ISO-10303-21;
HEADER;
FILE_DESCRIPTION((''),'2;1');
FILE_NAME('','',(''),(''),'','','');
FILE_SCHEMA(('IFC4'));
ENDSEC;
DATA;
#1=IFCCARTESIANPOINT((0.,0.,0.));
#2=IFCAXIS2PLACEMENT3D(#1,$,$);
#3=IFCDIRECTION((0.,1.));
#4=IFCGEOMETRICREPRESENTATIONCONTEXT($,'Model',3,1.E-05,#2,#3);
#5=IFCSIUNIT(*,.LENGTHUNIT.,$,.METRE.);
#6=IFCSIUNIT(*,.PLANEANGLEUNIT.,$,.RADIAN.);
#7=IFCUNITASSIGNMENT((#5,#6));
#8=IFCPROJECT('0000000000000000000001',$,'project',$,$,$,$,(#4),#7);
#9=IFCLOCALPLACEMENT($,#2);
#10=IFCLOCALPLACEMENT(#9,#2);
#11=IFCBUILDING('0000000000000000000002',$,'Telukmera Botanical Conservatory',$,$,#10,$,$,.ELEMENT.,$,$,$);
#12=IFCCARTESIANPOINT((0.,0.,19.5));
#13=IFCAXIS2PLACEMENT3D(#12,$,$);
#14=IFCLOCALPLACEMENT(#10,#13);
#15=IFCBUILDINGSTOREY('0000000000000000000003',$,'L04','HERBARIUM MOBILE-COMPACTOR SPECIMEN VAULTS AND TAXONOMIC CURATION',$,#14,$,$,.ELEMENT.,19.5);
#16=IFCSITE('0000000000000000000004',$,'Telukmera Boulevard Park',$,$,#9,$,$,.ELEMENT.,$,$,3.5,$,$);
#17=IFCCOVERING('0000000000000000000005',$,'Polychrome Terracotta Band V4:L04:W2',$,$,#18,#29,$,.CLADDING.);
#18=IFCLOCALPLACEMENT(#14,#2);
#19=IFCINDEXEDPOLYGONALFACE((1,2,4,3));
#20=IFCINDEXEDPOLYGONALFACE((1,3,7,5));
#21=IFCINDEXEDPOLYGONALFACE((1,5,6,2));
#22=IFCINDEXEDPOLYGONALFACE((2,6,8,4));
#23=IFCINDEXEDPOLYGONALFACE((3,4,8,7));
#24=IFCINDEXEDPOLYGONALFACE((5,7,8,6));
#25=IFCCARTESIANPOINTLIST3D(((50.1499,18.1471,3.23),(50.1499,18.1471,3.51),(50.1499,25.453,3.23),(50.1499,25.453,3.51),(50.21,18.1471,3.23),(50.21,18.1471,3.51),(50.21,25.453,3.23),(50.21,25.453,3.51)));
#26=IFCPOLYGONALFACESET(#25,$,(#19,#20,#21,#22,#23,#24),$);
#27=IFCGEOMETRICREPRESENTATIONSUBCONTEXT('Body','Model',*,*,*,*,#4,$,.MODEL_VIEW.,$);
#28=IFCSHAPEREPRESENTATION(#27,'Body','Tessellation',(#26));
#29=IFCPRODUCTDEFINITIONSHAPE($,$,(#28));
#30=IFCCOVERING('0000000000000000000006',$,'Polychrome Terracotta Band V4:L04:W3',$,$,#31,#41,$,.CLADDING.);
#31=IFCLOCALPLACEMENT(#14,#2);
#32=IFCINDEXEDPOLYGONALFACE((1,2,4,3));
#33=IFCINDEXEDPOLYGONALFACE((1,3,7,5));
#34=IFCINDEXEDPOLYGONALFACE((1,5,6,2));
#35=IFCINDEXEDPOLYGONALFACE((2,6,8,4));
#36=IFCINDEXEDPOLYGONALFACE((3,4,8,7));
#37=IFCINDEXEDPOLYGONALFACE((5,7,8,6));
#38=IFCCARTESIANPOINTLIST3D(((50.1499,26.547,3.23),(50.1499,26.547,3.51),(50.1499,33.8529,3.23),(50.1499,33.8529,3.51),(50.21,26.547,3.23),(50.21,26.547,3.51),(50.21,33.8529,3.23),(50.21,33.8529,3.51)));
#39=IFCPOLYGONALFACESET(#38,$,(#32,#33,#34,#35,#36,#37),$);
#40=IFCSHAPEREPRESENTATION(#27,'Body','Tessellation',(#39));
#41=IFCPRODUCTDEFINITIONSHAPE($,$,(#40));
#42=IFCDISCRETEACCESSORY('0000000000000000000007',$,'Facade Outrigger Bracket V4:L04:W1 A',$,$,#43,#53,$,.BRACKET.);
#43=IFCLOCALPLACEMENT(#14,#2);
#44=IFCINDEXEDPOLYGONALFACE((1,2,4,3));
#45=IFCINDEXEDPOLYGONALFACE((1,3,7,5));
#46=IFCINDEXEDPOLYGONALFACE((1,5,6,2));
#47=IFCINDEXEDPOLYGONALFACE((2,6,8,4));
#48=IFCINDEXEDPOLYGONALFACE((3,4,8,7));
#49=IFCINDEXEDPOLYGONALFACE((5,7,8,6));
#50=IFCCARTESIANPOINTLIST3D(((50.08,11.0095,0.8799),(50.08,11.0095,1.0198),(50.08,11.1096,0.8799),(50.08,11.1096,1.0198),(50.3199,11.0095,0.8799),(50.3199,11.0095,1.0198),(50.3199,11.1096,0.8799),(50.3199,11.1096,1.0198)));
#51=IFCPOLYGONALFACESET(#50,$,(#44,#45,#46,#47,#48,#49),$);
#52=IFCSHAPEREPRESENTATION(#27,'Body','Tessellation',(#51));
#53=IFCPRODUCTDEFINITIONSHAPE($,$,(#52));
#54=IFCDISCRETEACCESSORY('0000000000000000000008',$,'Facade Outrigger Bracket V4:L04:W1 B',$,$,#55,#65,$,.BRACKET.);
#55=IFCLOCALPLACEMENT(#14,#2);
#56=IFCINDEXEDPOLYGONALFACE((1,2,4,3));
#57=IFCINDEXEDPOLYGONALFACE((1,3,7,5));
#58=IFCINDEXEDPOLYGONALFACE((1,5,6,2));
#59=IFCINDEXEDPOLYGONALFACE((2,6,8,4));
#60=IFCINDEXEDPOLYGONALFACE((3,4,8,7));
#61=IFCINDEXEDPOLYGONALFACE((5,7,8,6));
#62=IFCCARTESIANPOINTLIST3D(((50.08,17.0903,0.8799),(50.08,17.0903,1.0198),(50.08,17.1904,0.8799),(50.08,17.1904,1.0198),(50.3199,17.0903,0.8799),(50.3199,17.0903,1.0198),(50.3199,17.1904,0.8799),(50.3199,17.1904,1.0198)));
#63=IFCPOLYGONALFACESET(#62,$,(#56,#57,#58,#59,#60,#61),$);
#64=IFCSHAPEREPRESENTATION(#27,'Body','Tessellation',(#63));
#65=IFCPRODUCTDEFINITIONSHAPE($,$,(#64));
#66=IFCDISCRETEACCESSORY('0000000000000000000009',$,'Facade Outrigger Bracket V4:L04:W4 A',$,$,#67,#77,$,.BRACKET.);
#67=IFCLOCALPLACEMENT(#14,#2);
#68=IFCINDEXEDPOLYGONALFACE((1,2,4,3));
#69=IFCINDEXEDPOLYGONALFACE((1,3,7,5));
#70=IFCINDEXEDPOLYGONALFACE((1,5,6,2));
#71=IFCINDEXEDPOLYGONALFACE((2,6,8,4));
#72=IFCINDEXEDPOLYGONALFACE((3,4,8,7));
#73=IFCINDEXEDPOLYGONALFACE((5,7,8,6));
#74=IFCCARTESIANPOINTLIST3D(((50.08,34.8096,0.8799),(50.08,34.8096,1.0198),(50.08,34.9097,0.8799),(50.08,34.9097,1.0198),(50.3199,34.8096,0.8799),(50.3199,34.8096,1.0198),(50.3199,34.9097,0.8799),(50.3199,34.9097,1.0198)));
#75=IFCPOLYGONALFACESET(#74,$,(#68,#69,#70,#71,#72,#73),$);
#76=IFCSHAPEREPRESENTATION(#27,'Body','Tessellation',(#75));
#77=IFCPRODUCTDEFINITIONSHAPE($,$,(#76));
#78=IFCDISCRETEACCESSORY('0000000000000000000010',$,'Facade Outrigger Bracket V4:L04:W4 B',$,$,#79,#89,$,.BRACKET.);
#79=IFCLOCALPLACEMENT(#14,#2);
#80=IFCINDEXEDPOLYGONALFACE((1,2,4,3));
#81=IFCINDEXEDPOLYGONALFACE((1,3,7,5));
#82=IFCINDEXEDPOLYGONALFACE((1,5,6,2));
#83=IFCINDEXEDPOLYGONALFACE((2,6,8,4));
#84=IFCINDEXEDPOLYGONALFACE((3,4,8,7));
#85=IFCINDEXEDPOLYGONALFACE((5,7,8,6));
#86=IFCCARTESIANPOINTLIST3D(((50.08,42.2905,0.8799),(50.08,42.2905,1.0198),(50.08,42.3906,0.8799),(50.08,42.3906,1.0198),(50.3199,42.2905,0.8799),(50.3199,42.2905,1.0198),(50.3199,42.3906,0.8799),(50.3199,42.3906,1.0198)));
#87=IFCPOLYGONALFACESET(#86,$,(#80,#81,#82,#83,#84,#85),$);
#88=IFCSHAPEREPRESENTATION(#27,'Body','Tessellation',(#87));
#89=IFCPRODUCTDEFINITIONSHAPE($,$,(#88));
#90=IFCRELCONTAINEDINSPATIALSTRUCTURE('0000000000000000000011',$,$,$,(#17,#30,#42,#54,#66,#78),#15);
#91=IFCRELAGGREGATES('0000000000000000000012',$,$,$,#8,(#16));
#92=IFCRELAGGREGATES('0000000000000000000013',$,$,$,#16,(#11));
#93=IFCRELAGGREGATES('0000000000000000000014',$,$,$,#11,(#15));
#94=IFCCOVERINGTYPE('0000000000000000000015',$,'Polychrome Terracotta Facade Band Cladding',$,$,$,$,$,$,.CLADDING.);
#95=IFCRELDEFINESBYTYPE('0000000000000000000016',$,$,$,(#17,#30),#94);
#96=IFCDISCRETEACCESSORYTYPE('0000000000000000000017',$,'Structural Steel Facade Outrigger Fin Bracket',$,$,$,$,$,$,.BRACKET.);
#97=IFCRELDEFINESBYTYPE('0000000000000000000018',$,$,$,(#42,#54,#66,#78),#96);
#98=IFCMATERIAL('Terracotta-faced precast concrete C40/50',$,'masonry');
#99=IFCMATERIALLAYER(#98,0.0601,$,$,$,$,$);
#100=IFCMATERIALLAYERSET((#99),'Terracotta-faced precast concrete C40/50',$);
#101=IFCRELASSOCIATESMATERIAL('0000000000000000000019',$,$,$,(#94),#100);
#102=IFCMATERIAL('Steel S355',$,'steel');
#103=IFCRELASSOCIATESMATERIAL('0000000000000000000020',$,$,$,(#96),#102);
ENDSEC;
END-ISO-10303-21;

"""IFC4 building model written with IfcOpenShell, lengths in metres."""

from ifc_helpers import new_model, si_unit, direction, frame, origin, origin_2d, place, context, subcontext, project, spatial, rectangle, extrude, material, layer, layer_set, type_object, element, save


model = new_model("IFC4")

# Units and contexts
model_context = context("Model", 3, precision=1e-05, world=origin(), true_north=direction((0.0, 1.0)))
body_context = subcontext(model_context, "Body", "Model", "MODEL_VIEW")
ifc_project = project(units=[si_unit("LENGTHUNIT", "METRE"), si_unit("PLANEANGLEUNIT", "RADIAN")], contexts=[model_context])

# Site, building, storey
site_placement = place(None, origin())
site = spatial("IfcSite", under=ifc_project, at=site_placement, Name="Telukmera Boulevard Park", CompositionType="ELEMENT", RefElevation=3.5)
building_placement = place(site_placement, origin())
building = spatial("IfcBuilding", under=site, at=building_placement, Name="Telukmera Botanical Conservatory", CompositionType="ELEMENT")
storey_placement = place(building_placement, frame((0.0, 0.0, 19.5)))
storey = spatial("IfcBuildingStorey", under=building, at=storey_placement, Name="L04", Description="HERBARIUM MOBILE-COMPACTOR SPECIMEN VAULTS AND TAXONOMIC CURATION", CompositionType="ELEMENT", Elevation=19.5)

# Shared definitions
ifc_material_1 = material(Name="Terracotta-faced precast concrete C40/50", Category="masonry")

# Coverings
ifc_layer_1 = layer(ifc_material_1, 0.0601)
ifc_layer_set_1 = layer_set([ifc_layer_1], Name="Terracotta-faced precast concrete C40/50")
covering_type_1 = type_object("IfcCoveringType", Name="Polychrome Terracotta Facade Band Cladding", PredefinedType="CLADDING", material=ifc_layer_set_1)
for number, where, z_axis, x_axis, name in (
    (1, (50.1799, 21.8, 3.23), (0.0, 0.0, 1.0), (0.0, 1.0, 0.0), "Polychrome Terracotta Band V4:L04:W2"),
    (2, (50.1799, 30.2, 3.23), (0.0, 0.0, 1.0), (0.0, 1.0, 0.0), "Polychrome Terracotta Band V4:L04:W3"),
):
    element("IfcCovering", number, at=place(storey_placement, frame(where, z_axis=z_axis, x_axis=x_axis)), inside=storey, type_object=covering_type_1, Name=name, PredefinedType="CLADDING", context=body_context, shape_type="SweptSolid", body=[
        extrude(rectangle(XDim=7.3059, YDim=0.0601, at=origin_2d()), origin(), (0.0, 0.0, 1.0), 0.28),
    ])

# Discrete accessories
ifc_material_2 = material(Name="Steel S355", Category="steel")
discrete_accessory_type = type_object("IfcDiscreteAccessoryType", Name="Structural Steel Facade Outrigger Fin Bracket", PredefinedType="BRACKET", material=ifc_material_2)
for number, where, z_axis, x_axis, name in (
    (3, (50.2, 11.0596, 0.8799), (0.0, 0.0, 1.0), (0.0, 1.0, 0.0), "Facade Outrigger Bracket V4:L04:W1 A"),
    (4, (50.2, 17.1404, 0.8799), (0.0, 0.0, 1.0), (0.0, 1.0, 0.0), "Facade Outrigger Bracket V4:L04:W1 B"),
    (5, (50.2, 34.8596, 0.8799), (0.0, 0.0, 1.0), (0.0, 1.0, 0.0), "Facade Outrigger Bracket V4:L04:W4 A"),
    (6, (50.2, 42.3406, 0.8799), (0.0, 0.0, 1.0), (0.0, 1.0, 0.0), "Facade Outrigger Bracket V4:L04:W4 B"),
):
    element("IfcDiscreteAccessory", number, at=place(storey_placement, frame(where, z_axis=z_axis, x_axis=x_axis)), inside=storey, type_object=discrete_accessory_type, Name=name, PredefinedType="BRACKET", context=body_context, shape_type="SweptSolid", body=[
        extrude(rectangle(XDim=0.1001, YDim=0.24, at=origin_2d()), origin(), (0.0, 0.0, 1.0), 0.1399),
    ])

save(model, "model.ifc")
